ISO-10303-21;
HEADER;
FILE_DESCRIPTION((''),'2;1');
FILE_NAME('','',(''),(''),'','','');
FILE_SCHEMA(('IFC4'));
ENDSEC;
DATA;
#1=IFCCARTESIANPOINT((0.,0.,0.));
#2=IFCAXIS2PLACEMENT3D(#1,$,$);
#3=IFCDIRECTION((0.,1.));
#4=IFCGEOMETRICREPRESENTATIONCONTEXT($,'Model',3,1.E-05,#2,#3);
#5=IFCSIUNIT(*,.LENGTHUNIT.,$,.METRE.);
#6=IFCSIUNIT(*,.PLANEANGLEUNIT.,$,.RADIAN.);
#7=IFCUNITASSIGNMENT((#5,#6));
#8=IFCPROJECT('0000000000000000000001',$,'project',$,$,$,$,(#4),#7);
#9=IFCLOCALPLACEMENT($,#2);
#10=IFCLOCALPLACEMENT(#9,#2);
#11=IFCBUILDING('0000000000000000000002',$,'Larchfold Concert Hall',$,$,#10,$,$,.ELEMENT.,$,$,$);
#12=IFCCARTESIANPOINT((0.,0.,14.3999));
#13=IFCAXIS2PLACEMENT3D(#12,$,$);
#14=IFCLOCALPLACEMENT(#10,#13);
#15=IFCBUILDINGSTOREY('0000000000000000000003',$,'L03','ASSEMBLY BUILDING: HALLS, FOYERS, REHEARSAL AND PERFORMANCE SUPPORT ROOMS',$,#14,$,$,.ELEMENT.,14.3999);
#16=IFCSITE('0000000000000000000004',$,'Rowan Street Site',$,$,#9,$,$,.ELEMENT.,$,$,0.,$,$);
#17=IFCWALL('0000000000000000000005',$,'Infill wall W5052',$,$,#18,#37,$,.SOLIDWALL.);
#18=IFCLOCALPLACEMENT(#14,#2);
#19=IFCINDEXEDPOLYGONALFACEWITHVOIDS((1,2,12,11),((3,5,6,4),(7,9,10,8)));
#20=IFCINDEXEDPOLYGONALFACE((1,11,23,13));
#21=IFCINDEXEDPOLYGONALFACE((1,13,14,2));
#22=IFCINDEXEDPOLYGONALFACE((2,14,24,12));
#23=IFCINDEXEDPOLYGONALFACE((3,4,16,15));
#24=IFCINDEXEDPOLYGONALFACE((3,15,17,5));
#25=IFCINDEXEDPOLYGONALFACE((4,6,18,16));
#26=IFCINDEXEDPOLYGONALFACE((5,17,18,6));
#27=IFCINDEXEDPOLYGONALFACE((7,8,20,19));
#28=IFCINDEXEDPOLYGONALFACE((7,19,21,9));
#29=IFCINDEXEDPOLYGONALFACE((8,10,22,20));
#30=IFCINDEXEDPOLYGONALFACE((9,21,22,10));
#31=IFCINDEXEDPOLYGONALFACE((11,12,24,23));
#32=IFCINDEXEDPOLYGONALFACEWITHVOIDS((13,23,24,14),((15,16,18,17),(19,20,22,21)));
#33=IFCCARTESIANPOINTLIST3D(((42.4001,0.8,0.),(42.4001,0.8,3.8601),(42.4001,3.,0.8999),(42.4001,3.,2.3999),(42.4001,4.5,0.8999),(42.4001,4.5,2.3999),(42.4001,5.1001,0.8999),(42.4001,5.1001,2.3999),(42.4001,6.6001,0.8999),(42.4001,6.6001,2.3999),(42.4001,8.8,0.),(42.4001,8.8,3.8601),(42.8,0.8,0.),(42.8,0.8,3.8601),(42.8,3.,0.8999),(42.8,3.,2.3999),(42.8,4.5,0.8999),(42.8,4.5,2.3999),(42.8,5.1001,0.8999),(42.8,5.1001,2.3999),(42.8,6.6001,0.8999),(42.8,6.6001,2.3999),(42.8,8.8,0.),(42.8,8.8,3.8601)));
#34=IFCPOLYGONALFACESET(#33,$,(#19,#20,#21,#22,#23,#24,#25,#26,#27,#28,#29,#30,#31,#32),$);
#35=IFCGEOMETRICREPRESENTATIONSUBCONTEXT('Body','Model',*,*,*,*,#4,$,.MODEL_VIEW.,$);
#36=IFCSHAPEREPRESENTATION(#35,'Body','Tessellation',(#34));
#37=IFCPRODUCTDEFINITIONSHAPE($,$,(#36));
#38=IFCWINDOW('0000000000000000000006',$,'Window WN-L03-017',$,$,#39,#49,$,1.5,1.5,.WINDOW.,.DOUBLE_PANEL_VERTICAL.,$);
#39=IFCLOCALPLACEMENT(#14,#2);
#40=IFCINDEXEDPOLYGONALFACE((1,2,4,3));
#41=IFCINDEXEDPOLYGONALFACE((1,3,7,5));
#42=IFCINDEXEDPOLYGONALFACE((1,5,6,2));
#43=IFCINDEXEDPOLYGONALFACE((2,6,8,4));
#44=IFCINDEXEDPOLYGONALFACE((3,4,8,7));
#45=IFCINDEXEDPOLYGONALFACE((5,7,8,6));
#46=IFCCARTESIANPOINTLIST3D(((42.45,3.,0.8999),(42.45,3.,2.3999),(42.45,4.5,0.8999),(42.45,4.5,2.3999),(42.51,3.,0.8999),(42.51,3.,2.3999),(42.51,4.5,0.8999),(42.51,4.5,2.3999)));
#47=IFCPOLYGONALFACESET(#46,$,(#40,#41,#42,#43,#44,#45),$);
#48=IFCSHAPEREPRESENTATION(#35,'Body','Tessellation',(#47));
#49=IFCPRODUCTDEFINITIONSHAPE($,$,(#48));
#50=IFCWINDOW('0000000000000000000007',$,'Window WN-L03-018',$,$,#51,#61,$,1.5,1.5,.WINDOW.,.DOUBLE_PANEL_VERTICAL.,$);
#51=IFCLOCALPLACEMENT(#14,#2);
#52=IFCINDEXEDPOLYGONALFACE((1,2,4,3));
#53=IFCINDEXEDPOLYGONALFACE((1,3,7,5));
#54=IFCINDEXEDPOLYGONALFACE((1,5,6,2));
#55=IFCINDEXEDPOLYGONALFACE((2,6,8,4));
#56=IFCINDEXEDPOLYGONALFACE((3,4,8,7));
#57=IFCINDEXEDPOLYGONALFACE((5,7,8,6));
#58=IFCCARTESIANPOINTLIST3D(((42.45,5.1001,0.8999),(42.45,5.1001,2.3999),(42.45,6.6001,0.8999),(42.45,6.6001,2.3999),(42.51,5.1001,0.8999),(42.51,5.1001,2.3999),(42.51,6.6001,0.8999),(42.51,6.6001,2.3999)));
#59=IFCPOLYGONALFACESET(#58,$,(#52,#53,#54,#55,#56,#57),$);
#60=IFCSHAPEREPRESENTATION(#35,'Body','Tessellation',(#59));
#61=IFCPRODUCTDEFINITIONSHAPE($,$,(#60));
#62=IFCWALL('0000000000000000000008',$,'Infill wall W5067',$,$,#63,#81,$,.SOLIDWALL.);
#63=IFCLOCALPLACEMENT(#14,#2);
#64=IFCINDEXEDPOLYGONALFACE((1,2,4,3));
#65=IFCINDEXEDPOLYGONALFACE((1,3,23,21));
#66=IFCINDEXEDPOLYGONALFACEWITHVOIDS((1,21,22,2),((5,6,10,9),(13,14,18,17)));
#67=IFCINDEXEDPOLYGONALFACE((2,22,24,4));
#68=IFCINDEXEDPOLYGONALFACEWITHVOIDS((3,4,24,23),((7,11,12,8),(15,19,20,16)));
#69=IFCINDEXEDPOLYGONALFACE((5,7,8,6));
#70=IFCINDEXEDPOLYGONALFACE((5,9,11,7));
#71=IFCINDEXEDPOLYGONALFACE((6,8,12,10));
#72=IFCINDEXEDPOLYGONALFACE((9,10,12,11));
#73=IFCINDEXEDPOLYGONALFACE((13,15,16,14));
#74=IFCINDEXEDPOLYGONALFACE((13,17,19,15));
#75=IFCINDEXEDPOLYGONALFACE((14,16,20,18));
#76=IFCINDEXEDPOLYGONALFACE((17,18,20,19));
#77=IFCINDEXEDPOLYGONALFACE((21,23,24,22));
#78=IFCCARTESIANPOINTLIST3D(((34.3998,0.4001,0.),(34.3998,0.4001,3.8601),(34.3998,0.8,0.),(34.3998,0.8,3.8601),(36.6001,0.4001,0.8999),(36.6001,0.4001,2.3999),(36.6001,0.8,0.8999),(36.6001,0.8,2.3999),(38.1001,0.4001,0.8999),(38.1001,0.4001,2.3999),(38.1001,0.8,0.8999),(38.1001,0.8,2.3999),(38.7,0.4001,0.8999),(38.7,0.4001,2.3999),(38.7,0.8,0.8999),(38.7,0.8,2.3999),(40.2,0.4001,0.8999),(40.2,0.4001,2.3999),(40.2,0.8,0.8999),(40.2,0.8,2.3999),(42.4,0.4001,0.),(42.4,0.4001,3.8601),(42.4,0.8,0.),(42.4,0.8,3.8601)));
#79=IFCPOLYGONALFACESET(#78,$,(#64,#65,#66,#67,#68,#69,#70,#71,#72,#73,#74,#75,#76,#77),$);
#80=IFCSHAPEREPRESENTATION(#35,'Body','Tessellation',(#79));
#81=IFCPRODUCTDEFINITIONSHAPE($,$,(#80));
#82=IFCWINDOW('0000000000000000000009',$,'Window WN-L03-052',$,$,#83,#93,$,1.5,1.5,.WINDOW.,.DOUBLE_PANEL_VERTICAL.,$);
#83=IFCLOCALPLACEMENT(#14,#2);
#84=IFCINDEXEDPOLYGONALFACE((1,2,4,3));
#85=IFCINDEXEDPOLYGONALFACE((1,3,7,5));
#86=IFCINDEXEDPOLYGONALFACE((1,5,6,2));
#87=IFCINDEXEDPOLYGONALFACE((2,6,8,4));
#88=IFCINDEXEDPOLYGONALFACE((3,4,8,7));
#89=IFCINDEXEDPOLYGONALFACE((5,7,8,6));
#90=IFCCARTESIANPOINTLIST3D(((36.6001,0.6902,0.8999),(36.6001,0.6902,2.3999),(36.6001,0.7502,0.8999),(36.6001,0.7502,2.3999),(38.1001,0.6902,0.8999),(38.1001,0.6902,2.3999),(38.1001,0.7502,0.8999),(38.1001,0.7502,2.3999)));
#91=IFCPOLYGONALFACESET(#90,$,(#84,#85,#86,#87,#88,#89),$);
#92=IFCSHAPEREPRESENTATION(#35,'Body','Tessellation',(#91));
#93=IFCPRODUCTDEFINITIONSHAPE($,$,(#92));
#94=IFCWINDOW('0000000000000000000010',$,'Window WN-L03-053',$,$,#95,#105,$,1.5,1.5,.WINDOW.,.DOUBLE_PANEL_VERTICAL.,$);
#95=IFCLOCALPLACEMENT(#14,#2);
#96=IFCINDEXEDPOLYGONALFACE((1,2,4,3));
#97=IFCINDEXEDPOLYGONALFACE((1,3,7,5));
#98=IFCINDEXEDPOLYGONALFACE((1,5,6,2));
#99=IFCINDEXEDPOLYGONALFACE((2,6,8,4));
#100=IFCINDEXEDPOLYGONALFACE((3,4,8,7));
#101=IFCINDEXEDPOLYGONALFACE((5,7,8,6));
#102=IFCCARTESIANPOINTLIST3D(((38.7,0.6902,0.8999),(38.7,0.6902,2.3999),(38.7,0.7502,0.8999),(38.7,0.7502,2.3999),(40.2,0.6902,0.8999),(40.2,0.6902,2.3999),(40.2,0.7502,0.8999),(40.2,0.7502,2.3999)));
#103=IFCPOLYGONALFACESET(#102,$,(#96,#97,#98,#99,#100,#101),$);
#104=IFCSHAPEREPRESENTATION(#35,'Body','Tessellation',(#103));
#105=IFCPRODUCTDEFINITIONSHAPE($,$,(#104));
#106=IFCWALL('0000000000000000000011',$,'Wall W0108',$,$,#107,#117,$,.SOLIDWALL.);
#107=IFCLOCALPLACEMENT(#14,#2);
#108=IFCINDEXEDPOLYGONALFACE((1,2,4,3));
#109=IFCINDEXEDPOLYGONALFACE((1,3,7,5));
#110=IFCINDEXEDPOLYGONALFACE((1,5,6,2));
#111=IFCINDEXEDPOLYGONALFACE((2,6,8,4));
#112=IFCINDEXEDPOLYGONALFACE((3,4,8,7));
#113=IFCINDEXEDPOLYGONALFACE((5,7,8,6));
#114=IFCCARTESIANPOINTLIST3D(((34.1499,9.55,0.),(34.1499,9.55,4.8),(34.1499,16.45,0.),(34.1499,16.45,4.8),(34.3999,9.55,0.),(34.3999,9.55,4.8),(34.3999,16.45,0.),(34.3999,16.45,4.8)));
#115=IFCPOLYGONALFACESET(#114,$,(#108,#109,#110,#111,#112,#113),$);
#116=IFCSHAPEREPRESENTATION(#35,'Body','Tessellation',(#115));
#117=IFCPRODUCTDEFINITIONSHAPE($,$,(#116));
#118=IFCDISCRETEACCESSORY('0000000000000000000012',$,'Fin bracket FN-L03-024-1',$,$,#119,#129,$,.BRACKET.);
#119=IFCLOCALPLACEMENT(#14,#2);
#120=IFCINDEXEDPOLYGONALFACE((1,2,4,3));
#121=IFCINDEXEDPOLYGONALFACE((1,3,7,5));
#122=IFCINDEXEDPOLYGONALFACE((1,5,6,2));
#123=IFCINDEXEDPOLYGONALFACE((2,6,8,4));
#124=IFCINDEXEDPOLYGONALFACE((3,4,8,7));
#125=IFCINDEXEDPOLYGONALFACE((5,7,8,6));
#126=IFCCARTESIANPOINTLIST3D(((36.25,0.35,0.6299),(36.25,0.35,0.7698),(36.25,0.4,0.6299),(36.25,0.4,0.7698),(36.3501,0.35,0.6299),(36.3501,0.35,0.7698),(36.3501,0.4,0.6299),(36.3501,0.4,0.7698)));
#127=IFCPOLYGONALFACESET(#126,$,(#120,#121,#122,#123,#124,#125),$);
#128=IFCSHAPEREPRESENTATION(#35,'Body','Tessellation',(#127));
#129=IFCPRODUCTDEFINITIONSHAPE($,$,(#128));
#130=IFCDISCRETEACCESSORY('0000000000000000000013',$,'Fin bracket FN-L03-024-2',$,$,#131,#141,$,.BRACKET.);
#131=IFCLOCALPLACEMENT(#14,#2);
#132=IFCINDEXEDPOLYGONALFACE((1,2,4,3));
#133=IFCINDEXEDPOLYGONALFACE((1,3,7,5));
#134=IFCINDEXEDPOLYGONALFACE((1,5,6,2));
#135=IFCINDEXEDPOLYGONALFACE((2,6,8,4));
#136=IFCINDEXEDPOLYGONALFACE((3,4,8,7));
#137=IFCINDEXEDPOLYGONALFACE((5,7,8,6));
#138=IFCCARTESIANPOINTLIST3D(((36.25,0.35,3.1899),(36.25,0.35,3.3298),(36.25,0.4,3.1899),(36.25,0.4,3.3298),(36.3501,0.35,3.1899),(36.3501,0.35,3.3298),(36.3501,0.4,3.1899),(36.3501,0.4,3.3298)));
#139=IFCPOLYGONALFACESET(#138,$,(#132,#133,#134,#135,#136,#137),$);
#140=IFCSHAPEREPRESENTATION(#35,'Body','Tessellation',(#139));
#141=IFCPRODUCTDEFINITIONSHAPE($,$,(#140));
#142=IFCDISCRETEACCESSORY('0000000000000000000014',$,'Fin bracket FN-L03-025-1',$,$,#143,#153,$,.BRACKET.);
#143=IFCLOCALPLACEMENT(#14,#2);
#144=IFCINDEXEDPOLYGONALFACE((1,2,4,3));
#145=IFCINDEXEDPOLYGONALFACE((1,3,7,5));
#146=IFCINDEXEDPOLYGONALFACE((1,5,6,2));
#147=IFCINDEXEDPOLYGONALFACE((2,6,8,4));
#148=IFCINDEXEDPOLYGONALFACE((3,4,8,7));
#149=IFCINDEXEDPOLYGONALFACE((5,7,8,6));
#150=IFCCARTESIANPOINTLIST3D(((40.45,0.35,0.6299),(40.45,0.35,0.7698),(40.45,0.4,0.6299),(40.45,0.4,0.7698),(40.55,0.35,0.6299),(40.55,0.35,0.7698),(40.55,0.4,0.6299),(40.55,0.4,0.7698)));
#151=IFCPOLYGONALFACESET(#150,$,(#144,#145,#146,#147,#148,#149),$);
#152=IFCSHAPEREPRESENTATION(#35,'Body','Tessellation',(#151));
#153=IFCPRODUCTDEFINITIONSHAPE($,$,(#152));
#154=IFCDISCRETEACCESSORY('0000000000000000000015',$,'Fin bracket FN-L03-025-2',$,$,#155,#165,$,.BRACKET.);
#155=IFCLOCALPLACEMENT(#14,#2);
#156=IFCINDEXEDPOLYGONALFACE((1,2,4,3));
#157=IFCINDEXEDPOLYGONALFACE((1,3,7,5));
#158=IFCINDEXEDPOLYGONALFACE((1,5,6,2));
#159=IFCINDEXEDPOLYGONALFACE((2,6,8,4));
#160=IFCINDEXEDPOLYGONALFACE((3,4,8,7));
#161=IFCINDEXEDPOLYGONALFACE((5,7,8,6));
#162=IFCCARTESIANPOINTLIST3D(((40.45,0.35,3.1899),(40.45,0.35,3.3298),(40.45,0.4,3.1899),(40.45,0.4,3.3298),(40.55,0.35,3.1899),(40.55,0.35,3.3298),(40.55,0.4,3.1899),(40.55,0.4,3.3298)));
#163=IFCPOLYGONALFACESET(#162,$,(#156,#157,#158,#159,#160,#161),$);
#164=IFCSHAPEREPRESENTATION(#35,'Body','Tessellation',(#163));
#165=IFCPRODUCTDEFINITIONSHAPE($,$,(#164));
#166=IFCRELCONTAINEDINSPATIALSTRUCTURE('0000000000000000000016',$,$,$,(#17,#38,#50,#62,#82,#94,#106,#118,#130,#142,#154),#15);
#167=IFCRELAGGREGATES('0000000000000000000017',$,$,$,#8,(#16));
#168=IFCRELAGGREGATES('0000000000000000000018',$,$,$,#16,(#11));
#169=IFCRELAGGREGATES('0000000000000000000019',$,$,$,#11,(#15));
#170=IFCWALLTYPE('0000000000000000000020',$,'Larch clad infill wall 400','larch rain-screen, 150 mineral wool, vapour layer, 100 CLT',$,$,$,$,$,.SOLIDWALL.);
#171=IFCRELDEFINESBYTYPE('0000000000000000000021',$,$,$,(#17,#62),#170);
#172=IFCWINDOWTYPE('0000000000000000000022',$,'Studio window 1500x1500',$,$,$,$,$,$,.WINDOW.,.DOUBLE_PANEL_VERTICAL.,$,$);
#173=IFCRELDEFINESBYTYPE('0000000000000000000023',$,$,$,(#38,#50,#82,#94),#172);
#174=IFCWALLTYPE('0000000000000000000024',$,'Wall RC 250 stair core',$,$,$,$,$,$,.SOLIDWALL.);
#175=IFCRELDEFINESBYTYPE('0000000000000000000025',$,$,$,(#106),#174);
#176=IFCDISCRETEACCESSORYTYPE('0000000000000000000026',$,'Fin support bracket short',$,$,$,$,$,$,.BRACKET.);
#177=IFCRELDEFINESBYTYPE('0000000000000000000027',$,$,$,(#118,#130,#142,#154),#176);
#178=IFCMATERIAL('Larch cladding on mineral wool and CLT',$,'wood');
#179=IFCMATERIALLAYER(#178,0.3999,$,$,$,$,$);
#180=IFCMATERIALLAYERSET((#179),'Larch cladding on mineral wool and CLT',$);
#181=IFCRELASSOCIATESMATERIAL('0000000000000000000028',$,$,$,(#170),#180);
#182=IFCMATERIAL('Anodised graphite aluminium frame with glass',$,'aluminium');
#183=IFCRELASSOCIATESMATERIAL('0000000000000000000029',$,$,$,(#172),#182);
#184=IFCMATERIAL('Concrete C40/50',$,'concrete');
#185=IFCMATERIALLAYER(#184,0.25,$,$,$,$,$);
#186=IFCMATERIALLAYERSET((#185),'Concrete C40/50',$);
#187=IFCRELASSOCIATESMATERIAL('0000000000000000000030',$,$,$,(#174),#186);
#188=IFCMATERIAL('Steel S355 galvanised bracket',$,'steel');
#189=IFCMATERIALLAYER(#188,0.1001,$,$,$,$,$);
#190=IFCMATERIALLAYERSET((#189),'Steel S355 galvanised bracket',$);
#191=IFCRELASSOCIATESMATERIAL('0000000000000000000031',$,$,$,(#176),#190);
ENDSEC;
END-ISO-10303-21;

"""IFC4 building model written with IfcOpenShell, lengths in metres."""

from ifc_helpers import new_model, si_unit, direction, frame, frame_2d, origin, origin_2d, place, context, subcontext, project, spatial, rectangle, extrude, material, layer, layer_set, type_object, element, fill, save


model = new_model("IFC4")

# Units and contexts
model_context = context("Model", 3, precision=1e-05, world=origin(), true_north=direction((0.0, 1.0)))
body_context = subcontext(model_context, "Body", "Model", "MODEL_VIEW")
ifc_project = project(units=[si_unit("LENGTHUNIT", "METRE"), si_unit("PLANEANGLEUNIT", "RADIAN")], contexts=[model_context])

# Site, building, storey
site_placement = place(None, origin())
site = spatial("IfcSite", under=ifc_project, at=site_placement, Name="Rowan Street Site", CompositionType="ELEMENT", RefElevation=0.0)
building_placement = place(site_placement, origin())
building = spatial("IfcBuilding", under=site, at=building_placement, Name="Larchfold Concert Hall", CompositionType="ELEMENT")
storey_placement = place(building_placement, frame((0.0, 0.0, 14.3999)))
storey = spatial("IfcBuildingStorey", under=building, at=storey_placement, Name="L03", Description="ASSEMBLY BUILDING: HALLS, FOYERS, REHEARSAL AND PERFORMANCE SUPPORT ROOMS", CompositionType="ELEMENT", Elevation=14.3999)

# Walls, openings, windows
ifc_material_1 = material(Name="Larch cladding on mineral wool and CLT", Category="wood")
ifc_layer_1 = layer(ifc_material_1, 0.3999)
ifc_layer_set_1 = layer_set([ifc_layer_1], Name="Larch cladding on mineral wool and CLT")
wall_type_1 = type_object("IfcWallType", Name="Larch clad infill wall 400", Description="larch rain-screen, 150 mineral wool, vapour layer, 100 CLT", PredefinedType="SOLIDWALL", material=ifc_layer_set_1)
wall_1_placement = place(storey_placement, frame((42.6001, 0.8, 0.0), z_axis=(0.0, 0.0, 1.0), x_axis=(0.0, 1.0, 0.0)))
wall_1 = element("IfcWall", 1, at=wall_1_placement, inside=storey, type_object=wall_type_1, Name="Infill wall W5052", PredefinedType="SOLIDWALL", context=body_context, shape_type="SweptSolid", body=[
    extrude(rectangle(XDim=8.0, YDim=0.3999, at=frame_2d((4.0, 0.0))), origin(), (0.0, 0.0, 1.0), 3.8601),
])
opening_1_placement = place(wall_1_placement, frame((2.2, 0.0, 0.8999)))
opening_1 = element("IfcOpeningElement", 2, at=opening_1_placement, cuts=wall_1, PredefinedType="OPENING", context=body_context, shape_type="SweptSolid", body=[
    extrude(rectangle(XDim=1.5, YDim=1.5, at=frame_2d((0.75, 0.75))), frame((0.0, 0.21, 0.0), z_axis=(0.0, -1.0, 0.0), x_axis=(1.0, 0.0, 0.0)), (0.0, 0.0, 1.0), 0.4199),
])
opening_2_placement = place(wall_1_placement, frame((4.3, 0.0, 0.8999)))
opening_2 = element("IfcOpeningElement", 3, at=opening_2_placement, cuts=wall_1, PredefinedType="OPENING", context=body_context, shape_type="SweptSolid", body=[
    extrude(rectangle(XDim=1.5, YDim=1.5, at=frame_2d((0.75, 0.75))), frame((0.0, 0.21, 0.0), z_axis=(0.0, -1.0, 0.0), x_axis=(1.0, 0.0, 0.0)), (0.0, 0.0, 1.0), 0.4199),
])
ifc_material_2 = material(Name="Anodised graphite aluminium frame with glass", Category="aluminium")
window_type = type_object("IfcWindowType", Name="Studio window 1500x1500", PartitioningType="DOUBLE_PANEL_VERTICAL", PredefinedType="WINDOW", material=ifc_material_2)
window_1_placement = place(opening_1_placement, origin())
window_1 = element("IfcWindow", 4, at=window_1_placement, inside=storey, type_object=window_type, Name="Window WN-L03-017", OverallHeight=1.5, OverallWidth=1.5, PartitioningType="DOUBLE_PANEL_VERTICAL", PredefinedType="WINDOW", context=body_context, shape_type="SweptSolid", body=[
    extrude(rectangle(XDim=1.5, YDim=1.5, at=frame_2d((0.75, 0.75))), frame((0.0, 0.1501, 0.0), z_axis=(0.0, -1.0, 0.0), x_axis=(1.0, 0.0, 0.0)), (0.0, 0.0, 1.0), 0.0601),
])
fill(opening_1, window_1)
window_2_placement = place(opening_2_placement, origin())
window_2 = element("IfcWindow", 5, at=window_2_placement, inside=storey, type_object=window_type, Name="Window WN-L03-018", OverallHeight=1.5, OverallWidth=1.5, PartitioningType="DOUBLE_PANEL_VERTICAL", PredefinedType="WINDOW", context=body_context, shape_type="SweptSolid", body=[
    extrude(rectangle(XDim=1.5, YDim=1.5, at=frame_2d((0.75, 0.75))), frame((0.0, 0.1501, 0.0), z_axis=(0.0, -1.0, 0.0), x_axis=(1.0, 0.0, 0.0)), (0.0, 0.0, 1.0), 0.0601),
])
fill(opening_2, window_2)
wall_2_placement = place(storey_placement, frame((34.3999, 0.6001, 0.0), z_axis=(0.0, 0.0, 1.0), x_axis=(1.0, 0.0, 0.0)))
wall_2 = element("IfcWall", 6, at=wall_2_placement, inside=storey, type_object=wall_type_1, Name="Infill wall W5067", PredefinedType="SOLIDWALL", context=body_context, shape_type="SweptSolid", body=[
    extrude(rectangle(XDim=8.0002, YDim=0.3999, at=frame_2d((4.0, 0.0))), origin(), (0.0, 0.0, 1.0), 3.8601),
])
opening_3_placement = place(wall_2_placement, frame((2.2002, 0.0, 0.8999)))
opening_3 = element("IfcOpeningElement", 7, at=opening_3_placement, cuts=wall_2, PredefinedType="OPENING", context=body_context, shape_type="SweptSolid", body=[
    extrude(rectangle(XDim=1.5, YDim=1.5, at=frame_2d((0.75, 0.75))), frame((0.0, 0.21, 0.0), z_axis=(0.0, -1.0, 0.0), x_axis=(1.0, 0.0, 0.0)), (0.0, 0.0, 1.0), 0.4199),
])
opening_4_placement = place(wall_2_placement, frame((4.3, 0.0, 0.8999)))
opening_4 = element("IfcOpeningElement", 8, at=opening_4_placement, cuts=wall_2, PredefinedType="OPENING", context=body_context, shape_type="SweptSolid", body=[
    extrude(rectangle(XDim=1.5, YDim=1.5, at=frame_2d((0.75, 0.75))), frame((0.0, 0.21, 0.0), z_axis=(0.0, -1.0, 0.0), x_axis=(1.0, 0.0, 0.0)), (0.0, 0.0, 1.0), 0.4199),
])
window_3_placement = place(opening_3_placement, origin())
window_3 = element("IfcWindow", 9, at=window_3_placement, inside=storey, type_object=window_type, Name="Window WN-L03-052", OverallHeight=1.5, OverallWidth=1.5, PartitioningType="DOUBLE_PANEL_VERTICAL", PredefinedType="WINDOW", context=body_context, shape_type="SweptSolid", body=[
    extrude(rectangle(XDim=1.5, YDim=1.5, at=frame_2d((0.75, 0.75))), frame((0.0, 0.1501, 0.0), z_axis=(0.0, -1.0, 0.0), x_axis=(1.0, 0.0, 0.0)), (0.0, 0.0, 1.0), 0.0601),
])
fill(opening_3, window_3)
window_4_placement = place(opening_4_placement, origin())
window_4 = element("IfcWindow", 10, at=window_4_placement, inside=storey, type_object=window_type, Name="Window WN-L03-053", OverallHeight=1.5, OverallWidth=1.5, PartitioningType="DOUBLE_PANEL_VERTICAL", PredefinedType="WINDOW", context=body_context, shape_type="SweptSolid", body=[
    extrude(rectangle(XDim=1.5, YDim=1.5, at=frame_2d((0.75, 0.75))), frame((0.0, 0.1501, 0.0), z_axis=(0.0, -1.0, 0.0), x_axis=(1.0, 0.0, 0.0)), (0.0, 0.0, 1.0), 0.0601),
])
fill(opening_4, window_4)

# Wall
ifc_material_3 = material(Name="Concrete C40/50", Category="concrete")
ifc_layer_2 = layer(ifc_material_3, 0.25)
ifc_layer_set_2 = layer_set([ifc_layer_2], Name="Concrete C40/50")
wall_type_2 = type_object("IfcWallType", Name="Wall RC 250 stair core", PredefinedType="SOLIDWALL", material=ifc_layer_set_2)
wall_3_placement = place(storey_placement, frame((34.2749, 9.55, 0.0), z_axis=(0.0, 0.0, 1.0), x_axis=(0.0, 1.0, 0.0)))
element("IfcWall", 11, at=wall_3_placement, inside=storey, type_object=wall_type_2, Name="Wall W0108", PredefinedType="SOLIDWALL", context=body_context, shape_type="SweptSolid", body=[
    extrude(rectangle(XDim=6.8999, YDim=0.25, at=frame_2d((3.45, 0.0))), origin(), (0.0, 0.0, 1.0), 4.8),
])

# Discrete accessories
ifc_material_4 = material(Name="Steel S355 galvanised bracket", Category="steel")
ifc_layer_3 = layer(ifc_material_4, 0.1001)
ifc_layer_set_3 = layer_set([ifc_layer_3], Name="Steel S355 galvanised bracket")
discrete_accessory_type = type_object("IfcDiscreteAccessoryType", Name="Fin support bracket short", PredefinedType="BRACKET", material=ifc_layer_set_3)
for number, where, z_axis, x_axis, name in (
    (12, (36.3, 0.375, 0.6299), (0.0, 0.0, 1.0), (0.0, -1.0, 0.0), "Fin bracket FN-L03-024-1"),
    (13, (36.3, 0.375, 3.1899), (0.0, 0.0, 1.0), (0.0, -1.0, 0.0), "Fin bracket FN-L03-024-2"),
    (14, (40.5, 0.375, 0.6299), (0.0, 0.0, 1.0), (0.0, -1.0, 0.0), "Fin bracket FN-L03-025-1"),
    (15, (40.5, 0.375, 3.1899), (0.0, 0.0, 1.0), (0.0, -1.0, 0.0), "Fin bracket FN-L03-025-2"),
):
    element("IfcDiscreteAccessory", number, at=place(storey_placement, frame(where, z_axis=z_axis, x_axis=x_axis)), inside=storey, type_object=discrete_accessory_type, Name=name, PredefinedType="BRACKET", context=body_context, shape_type="SweptSolid", body=[
        extrude(rectangle(XDim=0.05, YDim=0.1001, at=origin_2d()), origin(), (0.0, 0.0, 1.0), 0.1399),
    ])

save(model, "model.ifc")
